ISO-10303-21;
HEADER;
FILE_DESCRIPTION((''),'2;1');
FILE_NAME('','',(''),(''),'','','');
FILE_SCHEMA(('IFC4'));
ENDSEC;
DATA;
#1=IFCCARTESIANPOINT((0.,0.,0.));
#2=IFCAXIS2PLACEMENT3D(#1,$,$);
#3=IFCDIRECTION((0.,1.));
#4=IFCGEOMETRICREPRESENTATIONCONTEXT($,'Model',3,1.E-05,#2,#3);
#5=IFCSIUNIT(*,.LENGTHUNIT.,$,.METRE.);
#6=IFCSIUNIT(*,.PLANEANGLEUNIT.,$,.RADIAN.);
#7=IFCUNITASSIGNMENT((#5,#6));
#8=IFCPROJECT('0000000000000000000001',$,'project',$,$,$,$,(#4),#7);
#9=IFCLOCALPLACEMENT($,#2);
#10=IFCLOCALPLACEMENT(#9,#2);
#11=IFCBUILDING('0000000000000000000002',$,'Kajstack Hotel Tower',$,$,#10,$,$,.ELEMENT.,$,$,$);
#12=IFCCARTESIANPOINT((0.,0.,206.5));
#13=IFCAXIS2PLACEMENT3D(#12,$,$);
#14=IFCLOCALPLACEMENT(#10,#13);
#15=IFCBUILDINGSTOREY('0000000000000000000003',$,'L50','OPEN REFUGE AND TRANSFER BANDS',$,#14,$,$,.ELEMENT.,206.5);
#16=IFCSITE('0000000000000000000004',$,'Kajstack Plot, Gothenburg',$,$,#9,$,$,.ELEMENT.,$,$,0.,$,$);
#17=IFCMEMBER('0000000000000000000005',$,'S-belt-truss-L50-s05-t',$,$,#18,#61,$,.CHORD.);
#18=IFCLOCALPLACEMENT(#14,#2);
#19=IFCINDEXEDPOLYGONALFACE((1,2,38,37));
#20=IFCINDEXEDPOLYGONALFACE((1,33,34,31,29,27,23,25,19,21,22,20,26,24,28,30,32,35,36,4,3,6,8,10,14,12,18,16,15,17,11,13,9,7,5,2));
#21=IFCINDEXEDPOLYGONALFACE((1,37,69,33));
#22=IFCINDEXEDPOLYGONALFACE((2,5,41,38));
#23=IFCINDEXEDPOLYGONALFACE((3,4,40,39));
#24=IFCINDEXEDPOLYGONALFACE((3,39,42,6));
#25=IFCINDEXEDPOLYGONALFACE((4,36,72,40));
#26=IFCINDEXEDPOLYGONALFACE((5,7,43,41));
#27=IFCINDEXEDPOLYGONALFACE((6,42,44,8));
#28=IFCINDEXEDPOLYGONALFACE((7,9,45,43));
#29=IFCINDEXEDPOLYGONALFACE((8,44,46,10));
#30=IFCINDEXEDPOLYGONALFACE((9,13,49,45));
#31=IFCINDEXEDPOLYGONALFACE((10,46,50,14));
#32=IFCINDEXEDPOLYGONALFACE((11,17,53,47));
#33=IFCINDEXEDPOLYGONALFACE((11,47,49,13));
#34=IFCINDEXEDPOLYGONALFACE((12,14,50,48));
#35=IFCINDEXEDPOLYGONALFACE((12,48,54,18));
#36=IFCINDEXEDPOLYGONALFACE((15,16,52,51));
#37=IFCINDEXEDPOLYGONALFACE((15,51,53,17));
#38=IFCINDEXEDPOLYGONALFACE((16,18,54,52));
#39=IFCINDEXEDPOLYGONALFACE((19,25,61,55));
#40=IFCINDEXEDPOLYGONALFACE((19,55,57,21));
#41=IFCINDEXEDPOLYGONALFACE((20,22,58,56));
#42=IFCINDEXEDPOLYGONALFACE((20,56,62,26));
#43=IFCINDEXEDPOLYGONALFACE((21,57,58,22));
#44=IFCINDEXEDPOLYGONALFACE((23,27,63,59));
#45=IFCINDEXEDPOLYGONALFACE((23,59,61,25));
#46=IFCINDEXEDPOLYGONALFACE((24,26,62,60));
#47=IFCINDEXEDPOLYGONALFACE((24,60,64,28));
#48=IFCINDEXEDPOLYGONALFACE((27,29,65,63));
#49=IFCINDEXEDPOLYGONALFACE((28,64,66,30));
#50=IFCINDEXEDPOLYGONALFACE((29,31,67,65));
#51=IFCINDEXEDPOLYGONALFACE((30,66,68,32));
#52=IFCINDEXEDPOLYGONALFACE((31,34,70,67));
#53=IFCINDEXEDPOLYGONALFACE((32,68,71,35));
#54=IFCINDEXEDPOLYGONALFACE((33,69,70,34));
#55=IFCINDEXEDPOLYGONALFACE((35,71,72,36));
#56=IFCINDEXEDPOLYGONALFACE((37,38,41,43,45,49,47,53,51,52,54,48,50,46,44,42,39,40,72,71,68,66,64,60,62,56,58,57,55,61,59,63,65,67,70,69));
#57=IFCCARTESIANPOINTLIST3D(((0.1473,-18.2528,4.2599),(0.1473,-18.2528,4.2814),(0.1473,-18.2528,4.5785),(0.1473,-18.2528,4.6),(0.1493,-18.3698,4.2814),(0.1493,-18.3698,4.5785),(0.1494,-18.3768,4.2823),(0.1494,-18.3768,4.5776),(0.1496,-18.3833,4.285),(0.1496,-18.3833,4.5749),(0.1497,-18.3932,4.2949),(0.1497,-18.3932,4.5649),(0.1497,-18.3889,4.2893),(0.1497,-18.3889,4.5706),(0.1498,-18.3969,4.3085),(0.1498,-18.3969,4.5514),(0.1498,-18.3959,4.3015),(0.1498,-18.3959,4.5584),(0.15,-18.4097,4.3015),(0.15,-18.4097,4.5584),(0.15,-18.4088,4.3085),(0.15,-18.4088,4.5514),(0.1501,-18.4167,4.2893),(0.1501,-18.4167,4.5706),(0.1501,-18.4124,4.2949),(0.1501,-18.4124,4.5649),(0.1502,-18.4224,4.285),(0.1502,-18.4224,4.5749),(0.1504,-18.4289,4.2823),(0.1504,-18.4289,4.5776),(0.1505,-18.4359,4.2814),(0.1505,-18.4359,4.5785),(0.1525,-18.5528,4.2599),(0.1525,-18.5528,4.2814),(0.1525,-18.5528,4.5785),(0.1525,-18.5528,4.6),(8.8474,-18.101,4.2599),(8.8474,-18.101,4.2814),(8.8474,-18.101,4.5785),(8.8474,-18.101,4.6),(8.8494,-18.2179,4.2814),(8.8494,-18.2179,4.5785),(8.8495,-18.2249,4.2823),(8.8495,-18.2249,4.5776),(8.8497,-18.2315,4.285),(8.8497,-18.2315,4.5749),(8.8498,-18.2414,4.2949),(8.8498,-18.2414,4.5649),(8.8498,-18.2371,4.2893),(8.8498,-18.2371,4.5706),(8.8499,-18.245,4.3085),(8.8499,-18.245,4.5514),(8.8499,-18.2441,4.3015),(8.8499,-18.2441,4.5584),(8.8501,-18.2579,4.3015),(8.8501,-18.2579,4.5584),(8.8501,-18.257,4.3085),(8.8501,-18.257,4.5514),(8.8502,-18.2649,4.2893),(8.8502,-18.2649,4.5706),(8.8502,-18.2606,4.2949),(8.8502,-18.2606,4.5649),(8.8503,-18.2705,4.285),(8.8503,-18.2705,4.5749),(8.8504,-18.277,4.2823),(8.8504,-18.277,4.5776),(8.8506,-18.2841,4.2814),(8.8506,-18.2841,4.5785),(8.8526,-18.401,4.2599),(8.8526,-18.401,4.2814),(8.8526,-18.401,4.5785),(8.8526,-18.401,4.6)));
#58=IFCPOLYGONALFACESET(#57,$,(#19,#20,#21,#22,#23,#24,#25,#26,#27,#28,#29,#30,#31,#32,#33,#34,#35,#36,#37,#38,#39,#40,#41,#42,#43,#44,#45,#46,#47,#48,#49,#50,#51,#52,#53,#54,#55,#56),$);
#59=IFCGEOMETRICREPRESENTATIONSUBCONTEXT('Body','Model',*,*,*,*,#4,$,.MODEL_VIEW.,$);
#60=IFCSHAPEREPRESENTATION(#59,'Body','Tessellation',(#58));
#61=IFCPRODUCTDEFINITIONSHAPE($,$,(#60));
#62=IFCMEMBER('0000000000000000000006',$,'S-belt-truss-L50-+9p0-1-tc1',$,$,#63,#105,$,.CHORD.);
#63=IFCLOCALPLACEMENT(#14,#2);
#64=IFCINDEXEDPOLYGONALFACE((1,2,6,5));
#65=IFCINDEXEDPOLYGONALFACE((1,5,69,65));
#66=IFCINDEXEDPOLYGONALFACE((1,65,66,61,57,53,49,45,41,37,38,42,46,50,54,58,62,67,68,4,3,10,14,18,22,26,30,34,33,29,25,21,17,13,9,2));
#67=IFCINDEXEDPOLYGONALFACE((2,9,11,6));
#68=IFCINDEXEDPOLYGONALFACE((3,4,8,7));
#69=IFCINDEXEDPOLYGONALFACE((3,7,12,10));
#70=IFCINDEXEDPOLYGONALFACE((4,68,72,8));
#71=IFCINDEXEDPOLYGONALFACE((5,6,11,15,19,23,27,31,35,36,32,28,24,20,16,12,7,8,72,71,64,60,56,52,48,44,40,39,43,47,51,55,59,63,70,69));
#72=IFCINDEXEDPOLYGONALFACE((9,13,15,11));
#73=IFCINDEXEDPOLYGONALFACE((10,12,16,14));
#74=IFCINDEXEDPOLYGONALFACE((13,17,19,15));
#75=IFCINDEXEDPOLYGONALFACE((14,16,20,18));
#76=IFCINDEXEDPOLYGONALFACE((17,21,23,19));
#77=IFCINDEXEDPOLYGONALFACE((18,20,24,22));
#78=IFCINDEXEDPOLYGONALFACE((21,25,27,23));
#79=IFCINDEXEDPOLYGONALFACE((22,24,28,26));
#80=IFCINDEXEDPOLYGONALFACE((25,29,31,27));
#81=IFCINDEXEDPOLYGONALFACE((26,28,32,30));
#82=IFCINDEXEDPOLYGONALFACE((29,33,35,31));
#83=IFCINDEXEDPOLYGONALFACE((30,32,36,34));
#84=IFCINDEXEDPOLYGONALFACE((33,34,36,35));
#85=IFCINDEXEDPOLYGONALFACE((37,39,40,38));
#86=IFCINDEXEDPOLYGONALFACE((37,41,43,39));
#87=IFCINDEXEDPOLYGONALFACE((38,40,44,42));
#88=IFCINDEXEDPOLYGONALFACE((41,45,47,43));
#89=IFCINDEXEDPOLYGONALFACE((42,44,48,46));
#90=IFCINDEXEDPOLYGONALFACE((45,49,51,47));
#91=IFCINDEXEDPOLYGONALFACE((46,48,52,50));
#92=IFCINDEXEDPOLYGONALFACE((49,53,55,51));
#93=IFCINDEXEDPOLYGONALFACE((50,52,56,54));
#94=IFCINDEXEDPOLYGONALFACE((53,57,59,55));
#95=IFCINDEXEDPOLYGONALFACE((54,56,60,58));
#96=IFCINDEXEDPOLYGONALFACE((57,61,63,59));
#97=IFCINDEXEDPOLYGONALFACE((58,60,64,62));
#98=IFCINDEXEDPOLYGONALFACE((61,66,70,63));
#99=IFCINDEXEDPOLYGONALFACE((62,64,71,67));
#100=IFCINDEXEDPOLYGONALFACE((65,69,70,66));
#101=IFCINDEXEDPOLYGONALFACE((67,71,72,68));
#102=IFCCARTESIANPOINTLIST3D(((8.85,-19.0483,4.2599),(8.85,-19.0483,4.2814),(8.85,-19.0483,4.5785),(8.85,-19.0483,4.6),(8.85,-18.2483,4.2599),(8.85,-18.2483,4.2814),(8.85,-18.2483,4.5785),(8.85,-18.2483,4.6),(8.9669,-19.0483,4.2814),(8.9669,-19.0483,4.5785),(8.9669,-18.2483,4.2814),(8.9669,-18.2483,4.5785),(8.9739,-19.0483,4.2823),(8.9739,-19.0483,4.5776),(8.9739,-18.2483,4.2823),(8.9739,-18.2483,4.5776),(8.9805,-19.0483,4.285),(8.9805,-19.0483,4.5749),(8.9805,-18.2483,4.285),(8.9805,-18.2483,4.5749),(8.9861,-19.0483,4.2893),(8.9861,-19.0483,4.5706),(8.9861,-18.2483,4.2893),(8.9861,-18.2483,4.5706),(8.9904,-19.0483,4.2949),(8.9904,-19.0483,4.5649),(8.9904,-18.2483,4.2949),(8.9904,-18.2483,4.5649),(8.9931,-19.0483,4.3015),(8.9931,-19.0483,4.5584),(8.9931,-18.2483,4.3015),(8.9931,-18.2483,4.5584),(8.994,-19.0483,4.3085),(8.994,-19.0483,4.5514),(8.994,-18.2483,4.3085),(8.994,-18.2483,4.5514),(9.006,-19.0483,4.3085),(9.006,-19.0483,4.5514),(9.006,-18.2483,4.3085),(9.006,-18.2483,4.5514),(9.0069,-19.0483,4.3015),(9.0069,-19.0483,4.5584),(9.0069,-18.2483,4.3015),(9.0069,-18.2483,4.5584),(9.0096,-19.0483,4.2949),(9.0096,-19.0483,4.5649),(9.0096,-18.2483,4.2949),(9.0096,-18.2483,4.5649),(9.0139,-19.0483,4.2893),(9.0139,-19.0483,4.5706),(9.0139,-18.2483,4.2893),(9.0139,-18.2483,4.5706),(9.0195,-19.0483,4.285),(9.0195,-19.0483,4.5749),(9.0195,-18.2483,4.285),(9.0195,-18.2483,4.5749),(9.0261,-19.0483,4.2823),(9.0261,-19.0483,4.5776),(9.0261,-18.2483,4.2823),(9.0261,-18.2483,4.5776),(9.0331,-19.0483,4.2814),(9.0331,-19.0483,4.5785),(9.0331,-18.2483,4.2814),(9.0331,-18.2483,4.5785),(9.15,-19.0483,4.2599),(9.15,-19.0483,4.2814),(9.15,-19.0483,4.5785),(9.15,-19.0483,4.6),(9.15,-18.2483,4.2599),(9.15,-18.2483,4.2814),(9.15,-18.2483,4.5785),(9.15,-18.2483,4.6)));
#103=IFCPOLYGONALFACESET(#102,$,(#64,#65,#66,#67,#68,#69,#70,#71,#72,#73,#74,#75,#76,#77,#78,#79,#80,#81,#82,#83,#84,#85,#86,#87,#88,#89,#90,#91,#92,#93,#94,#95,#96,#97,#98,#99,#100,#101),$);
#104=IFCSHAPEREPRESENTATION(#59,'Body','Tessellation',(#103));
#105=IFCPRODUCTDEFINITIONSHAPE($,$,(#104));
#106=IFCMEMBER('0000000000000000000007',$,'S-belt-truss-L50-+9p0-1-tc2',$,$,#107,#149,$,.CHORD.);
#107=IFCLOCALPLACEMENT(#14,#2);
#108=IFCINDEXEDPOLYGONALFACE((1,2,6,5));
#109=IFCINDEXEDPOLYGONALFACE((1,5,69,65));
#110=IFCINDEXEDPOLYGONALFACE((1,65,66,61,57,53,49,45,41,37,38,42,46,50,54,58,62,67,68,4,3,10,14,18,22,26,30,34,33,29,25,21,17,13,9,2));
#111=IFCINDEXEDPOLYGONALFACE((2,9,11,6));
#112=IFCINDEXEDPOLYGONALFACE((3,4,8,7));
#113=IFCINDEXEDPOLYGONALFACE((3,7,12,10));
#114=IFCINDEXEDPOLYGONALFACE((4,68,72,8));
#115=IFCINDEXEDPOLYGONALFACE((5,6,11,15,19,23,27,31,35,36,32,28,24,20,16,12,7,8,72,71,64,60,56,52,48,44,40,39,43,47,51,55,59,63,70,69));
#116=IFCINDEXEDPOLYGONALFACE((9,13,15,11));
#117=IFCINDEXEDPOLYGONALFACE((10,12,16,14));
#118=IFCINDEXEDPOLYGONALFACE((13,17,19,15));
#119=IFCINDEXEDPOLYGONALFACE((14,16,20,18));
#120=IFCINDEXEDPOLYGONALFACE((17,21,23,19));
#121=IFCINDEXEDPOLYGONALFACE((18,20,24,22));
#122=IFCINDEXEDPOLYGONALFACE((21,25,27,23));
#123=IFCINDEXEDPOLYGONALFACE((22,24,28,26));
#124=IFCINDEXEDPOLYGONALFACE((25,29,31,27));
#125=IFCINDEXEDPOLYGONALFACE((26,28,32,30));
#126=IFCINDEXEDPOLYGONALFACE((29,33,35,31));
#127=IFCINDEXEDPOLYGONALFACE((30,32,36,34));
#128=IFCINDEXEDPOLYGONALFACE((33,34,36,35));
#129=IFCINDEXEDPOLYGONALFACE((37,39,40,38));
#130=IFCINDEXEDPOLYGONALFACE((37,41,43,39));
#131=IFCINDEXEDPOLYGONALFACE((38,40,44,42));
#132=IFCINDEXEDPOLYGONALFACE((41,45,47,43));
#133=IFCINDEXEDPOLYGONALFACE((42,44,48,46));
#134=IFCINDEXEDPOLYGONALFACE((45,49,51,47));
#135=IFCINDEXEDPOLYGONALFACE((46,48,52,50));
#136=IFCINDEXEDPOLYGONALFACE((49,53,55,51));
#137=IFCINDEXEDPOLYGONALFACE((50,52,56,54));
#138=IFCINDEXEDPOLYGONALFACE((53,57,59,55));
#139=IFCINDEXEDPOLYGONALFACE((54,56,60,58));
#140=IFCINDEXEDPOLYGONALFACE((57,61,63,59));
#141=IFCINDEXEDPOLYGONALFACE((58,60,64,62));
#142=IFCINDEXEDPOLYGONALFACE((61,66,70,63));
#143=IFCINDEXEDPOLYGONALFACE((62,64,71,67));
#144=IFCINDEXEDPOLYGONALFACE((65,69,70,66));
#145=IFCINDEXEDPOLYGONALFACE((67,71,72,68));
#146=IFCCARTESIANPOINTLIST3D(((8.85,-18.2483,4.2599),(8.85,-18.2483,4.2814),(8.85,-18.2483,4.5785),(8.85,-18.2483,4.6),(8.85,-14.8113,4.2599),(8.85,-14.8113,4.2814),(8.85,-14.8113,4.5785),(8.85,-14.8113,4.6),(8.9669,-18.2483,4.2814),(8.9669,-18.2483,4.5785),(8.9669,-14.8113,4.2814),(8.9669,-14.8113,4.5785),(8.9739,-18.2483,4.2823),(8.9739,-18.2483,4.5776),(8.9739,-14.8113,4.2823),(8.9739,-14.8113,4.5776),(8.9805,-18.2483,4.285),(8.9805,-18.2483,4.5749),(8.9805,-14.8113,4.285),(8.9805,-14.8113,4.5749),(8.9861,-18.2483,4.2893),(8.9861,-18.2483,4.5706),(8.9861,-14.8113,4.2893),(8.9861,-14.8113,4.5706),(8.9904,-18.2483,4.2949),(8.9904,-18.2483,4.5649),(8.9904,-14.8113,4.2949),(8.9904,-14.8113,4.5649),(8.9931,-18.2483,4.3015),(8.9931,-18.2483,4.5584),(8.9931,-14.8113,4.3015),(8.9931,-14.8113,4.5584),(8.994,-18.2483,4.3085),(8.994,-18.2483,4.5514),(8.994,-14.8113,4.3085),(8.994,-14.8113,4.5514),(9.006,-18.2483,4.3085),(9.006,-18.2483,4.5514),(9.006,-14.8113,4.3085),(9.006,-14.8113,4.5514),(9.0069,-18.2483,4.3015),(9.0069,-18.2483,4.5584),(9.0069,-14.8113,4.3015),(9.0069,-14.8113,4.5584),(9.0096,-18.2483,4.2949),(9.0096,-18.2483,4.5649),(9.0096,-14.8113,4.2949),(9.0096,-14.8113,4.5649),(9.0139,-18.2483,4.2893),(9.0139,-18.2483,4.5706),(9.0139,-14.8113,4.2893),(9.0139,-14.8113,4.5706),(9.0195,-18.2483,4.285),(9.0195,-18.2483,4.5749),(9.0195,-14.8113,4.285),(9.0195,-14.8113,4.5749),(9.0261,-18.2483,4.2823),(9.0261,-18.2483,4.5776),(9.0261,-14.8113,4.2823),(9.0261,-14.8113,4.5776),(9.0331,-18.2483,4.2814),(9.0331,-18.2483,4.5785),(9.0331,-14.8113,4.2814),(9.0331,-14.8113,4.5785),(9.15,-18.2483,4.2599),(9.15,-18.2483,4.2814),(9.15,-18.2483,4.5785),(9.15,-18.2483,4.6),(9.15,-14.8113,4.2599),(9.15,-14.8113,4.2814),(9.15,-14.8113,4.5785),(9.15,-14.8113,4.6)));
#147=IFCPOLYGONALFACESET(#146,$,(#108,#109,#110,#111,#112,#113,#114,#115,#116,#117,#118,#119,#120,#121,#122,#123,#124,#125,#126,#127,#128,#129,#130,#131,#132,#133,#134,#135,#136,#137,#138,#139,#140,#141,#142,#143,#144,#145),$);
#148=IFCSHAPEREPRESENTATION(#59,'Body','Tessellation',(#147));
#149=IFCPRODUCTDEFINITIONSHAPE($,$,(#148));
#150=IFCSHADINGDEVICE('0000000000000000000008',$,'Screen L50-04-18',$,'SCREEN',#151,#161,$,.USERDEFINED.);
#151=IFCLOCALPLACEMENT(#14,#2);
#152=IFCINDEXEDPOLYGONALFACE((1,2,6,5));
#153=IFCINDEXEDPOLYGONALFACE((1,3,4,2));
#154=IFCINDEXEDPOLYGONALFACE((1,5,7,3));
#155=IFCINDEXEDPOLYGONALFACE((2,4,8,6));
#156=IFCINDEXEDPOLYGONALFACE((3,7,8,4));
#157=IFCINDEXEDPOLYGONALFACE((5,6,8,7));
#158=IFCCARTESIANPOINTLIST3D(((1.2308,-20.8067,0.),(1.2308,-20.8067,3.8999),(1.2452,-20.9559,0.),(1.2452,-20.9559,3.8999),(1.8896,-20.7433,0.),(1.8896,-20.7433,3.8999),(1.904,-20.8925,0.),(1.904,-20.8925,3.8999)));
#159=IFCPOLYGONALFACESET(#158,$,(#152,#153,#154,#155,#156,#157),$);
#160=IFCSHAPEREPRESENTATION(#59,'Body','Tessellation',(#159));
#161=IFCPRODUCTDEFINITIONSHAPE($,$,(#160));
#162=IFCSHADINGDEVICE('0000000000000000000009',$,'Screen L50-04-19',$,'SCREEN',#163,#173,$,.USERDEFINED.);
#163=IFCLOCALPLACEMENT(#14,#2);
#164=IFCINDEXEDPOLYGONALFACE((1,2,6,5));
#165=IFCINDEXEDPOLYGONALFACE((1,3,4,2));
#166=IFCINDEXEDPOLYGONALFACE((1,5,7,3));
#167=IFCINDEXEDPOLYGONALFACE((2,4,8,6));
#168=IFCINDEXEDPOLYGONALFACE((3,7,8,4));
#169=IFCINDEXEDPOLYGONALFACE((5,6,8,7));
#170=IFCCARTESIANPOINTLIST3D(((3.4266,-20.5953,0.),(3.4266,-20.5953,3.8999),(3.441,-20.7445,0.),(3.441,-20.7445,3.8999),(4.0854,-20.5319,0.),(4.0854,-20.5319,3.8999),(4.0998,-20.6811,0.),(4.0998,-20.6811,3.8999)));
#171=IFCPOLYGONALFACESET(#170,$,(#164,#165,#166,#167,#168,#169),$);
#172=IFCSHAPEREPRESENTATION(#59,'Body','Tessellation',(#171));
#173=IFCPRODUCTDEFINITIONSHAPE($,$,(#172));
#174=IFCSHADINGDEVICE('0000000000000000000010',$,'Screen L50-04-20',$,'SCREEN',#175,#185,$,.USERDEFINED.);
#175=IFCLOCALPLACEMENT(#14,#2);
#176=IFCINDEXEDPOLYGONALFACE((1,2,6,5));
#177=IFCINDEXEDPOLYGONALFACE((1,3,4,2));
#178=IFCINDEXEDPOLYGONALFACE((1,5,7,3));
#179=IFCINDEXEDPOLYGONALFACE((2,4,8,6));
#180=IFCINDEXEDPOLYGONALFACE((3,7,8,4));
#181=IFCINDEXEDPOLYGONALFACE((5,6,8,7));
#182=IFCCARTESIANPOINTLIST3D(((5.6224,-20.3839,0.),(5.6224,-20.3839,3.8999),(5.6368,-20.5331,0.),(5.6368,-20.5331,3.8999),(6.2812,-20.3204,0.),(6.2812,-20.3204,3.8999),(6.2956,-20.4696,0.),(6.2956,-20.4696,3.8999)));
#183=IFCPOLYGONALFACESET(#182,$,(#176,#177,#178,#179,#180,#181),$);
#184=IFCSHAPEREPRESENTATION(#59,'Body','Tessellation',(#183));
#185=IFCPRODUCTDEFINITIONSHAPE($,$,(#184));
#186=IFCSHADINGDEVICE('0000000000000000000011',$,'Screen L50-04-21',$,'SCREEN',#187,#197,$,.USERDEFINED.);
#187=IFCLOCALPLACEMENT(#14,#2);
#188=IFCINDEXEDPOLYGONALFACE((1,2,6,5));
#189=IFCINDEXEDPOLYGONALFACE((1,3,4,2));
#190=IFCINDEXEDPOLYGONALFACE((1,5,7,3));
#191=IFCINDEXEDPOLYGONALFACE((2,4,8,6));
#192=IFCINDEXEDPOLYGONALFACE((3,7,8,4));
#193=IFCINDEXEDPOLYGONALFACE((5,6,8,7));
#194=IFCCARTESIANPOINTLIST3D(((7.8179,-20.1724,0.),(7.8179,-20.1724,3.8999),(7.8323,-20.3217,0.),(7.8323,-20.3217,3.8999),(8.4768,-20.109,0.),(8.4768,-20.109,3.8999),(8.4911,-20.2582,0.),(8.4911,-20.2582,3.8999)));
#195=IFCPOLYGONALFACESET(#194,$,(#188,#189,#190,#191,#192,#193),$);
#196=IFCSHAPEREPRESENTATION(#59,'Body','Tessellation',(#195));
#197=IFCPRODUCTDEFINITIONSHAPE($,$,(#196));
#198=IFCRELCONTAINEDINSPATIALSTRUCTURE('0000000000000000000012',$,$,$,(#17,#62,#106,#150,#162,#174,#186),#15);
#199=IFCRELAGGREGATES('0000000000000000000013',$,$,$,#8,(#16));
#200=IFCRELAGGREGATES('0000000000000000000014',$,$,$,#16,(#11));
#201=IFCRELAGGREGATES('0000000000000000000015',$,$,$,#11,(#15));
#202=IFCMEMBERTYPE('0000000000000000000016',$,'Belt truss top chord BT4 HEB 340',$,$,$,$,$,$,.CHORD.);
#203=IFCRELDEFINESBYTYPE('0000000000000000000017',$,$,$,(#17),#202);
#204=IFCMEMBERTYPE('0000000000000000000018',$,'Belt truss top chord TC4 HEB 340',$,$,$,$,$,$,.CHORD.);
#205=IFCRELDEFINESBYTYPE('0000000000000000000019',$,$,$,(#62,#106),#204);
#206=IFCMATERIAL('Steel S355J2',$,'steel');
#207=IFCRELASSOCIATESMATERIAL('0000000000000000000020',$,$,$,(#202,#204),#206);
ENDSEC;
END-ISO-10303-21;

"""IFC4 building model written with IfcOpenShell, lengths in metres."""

from ifc_helpers import new_model, si_unit, direction, frame, origin, origin_2d, place, context, subcontext, project, spatial, rectangle, i_section, extrude, material, material_profile, profile_set, type_object, element, save


model = new_model("IFC4")

# Units and contexts
model_context = context("Model", 3, precision=1e-05, world=origin(), true_north=direction((0.0, 1.0)))
body_context = subcontext(model_context, "Body", "Model", "MODEL_VIEW")
ifc_project = project(units=[si_unit("LENGTHUNIT", "METRE"), si_unit("PLANEANGLEUNIT", "RADIAN")], contexts=[model_context])

# Site, building, storey
site_placement = place(None, origin())
site = spatial("IfcSite", under=ifc_project, at=site_placement, Name="Kajstack Plot, Gothenburg", CompositionType="ELEMENT", RefElevation=0.0)
building_placement = place(site_placement, origin())
building = spatial("IfcBuilding", under=site, at=building_placement, Name="Kajstack Hotel Tower", CompositionType="ELEMENT")
storey_placement = place(building_placement, frame((0.0, 0.0, 206.5)))
storey = spatial("IfcBuildingStorey", under=building, at=storey_placement, Name="L50", Description="OPEN REFUGE AND TRANSFER BANDS", CompositionType="ELEMENT", Elevation=206.5)

# Members
ifc_material = material(Name="Steel S355J2", Category="steel")
ifc_material_profile_1 = material_profile(ifc_material, i_section(OverallWidth=0.3, OverallDepth=0.3401, WebThickness=0.012, FlangeThickness=0.0215, FilletRadius=0.0271, at=origin_2d()), Name="HEB 340")
ifc_profile_set_1 = profile_set([ifc_material_profile_1], Name="Steel S355J2")
member_type_1 = type_object("IfcMemberType", Name="Belt truss top chord BT4 HEB 340", PredefinedType="CHORD", material=ifc_profile_set_1)
member_1_placement = place(storey_placement, frame((0.1499, -18.4028, 4.4299), z_axis=(0.999848, 0.017452, 0.0), x_axis=(-0.017452, 0.999848, 0.0)))
element("IfcMember", 1, at=member_1_placement, inside=storey, type_object=member_type_1, Name="S-belt-truss-L50-s05-t", PredefinedType="CHORD", context=body_context, shape_type="SweptSolid", body=[
    extrude(i_section(OverallWidth=0.3, OverallDepth=0.3401, WebThickness=0.012, FlangeThickness=0.0215, FilletRadius=0.0271, at=origin_2d()), origin(), (0.0, 0.0, 1.0), 8.7014),
])
ifc_material_profile_2 = material_profile(ifc_material, i_section(OverallWidth=0.3, OverallDepth=0.3401, WebThickness=0.012, FlangeThickness=0.0215, FilletRadius=0.0271, at=origin_2d()), Name="HEB 340")
ifc_profile_set_2 = profile_set([ifc_material_profile_2], Name="Steel S355J2")
member_type_2 = type_object("IfcMemberType", Name="Belt truss top chord TC4 HEB 340", PredefinedType="CHORD", material=ifc_profile_set_2)
member_2_placement = place(storey_placement, frame((9.0, -19.0483, 4.4299), z_axis=(0.0, 1.0, 0.0), x_axis=(-1.0, 0.0, 0.0)))
element("IfcMember", 2, at=member_2_placement, inside=storey, type_object=member_type_2, Name="S-belt-truss-L50-+9p0-1-tc1", PredefinedType="CHORD", context=body_context, shape_type="SweptSolid", body=[
    extrude(i_section(OverallWidth=0.3, OverallDepth=0.3401, WebThickness=0.012, FlangeThickness=0.0215, FilletRadius=0.0271, at=origin_2d()), origin(), (0.0, 0.0, 1.0), 0.8),
])
member_3_placement = place(storey_placement, frame((9.0, -18.2483, 4.4299), z_axis=(0.0, 1.0, 0.0), x_axis=(-1.0, 0.0, 0.0)))
element("IfcMember", 3, at=member_3_placement, inside=storey, type_object=member_type_2, Name="S-belt-truss-L50-+9p0-1-tc2", PredefinedType="CHORD", context=body_context, shape_type="SweptSolid", body=[
    extrude(i_section(OverallWidth=0.3, OverallDepth=0.3401, WebThickness=0.012, FlangeThickness=0.0215, FilletRadius=0.0271, at=origin_2d()), origin(), (0.0, 0.0, 1.0), 3.437),
])

# Shading devices
for number, where, z_axis, x_axis, name in (
    (4, (1.5674, -20.8496, 0.0), (0.0, 0.0, 1.0), (0.995396, 0.095845, 0.0), "Screen L50-04-18"),
    (5, (3.7632, -20.6382, 0.0), (0.0, 0.0, 1.0), (0.995396, 0.095845, 0.0), "Screen L50-04-19"),
    (6, (5.959, -20.4268, 0.0), (0.0, 0.0, 1.0), (0.995396, 0.095845, 0.0), "Screen L50-04-20"),
    (7, (8.1545, -20.2153, 0.0), (0.0, 0.0, 1.0), (0.995396, 0.095845, 0.0), "Screen L50-04-21"),
):
    element("IfcShadingDevice", number, at=place(storey_placement, frame(where, z_axis=z_axis, x_axis=x_axis)), inside=storey, Name=name, ObjectType="SCREEN", PredefinedType="USERDEFINED", context=body_context, shape_type="SweptSolid", body=[
        extrude(rectangle(XDim=0.6619, YDim=0.1499, at=origin_2d()), origin(), (0.0, 0.0, 1.0), 3.8999),
    ])

save(model, "model.ifc")
